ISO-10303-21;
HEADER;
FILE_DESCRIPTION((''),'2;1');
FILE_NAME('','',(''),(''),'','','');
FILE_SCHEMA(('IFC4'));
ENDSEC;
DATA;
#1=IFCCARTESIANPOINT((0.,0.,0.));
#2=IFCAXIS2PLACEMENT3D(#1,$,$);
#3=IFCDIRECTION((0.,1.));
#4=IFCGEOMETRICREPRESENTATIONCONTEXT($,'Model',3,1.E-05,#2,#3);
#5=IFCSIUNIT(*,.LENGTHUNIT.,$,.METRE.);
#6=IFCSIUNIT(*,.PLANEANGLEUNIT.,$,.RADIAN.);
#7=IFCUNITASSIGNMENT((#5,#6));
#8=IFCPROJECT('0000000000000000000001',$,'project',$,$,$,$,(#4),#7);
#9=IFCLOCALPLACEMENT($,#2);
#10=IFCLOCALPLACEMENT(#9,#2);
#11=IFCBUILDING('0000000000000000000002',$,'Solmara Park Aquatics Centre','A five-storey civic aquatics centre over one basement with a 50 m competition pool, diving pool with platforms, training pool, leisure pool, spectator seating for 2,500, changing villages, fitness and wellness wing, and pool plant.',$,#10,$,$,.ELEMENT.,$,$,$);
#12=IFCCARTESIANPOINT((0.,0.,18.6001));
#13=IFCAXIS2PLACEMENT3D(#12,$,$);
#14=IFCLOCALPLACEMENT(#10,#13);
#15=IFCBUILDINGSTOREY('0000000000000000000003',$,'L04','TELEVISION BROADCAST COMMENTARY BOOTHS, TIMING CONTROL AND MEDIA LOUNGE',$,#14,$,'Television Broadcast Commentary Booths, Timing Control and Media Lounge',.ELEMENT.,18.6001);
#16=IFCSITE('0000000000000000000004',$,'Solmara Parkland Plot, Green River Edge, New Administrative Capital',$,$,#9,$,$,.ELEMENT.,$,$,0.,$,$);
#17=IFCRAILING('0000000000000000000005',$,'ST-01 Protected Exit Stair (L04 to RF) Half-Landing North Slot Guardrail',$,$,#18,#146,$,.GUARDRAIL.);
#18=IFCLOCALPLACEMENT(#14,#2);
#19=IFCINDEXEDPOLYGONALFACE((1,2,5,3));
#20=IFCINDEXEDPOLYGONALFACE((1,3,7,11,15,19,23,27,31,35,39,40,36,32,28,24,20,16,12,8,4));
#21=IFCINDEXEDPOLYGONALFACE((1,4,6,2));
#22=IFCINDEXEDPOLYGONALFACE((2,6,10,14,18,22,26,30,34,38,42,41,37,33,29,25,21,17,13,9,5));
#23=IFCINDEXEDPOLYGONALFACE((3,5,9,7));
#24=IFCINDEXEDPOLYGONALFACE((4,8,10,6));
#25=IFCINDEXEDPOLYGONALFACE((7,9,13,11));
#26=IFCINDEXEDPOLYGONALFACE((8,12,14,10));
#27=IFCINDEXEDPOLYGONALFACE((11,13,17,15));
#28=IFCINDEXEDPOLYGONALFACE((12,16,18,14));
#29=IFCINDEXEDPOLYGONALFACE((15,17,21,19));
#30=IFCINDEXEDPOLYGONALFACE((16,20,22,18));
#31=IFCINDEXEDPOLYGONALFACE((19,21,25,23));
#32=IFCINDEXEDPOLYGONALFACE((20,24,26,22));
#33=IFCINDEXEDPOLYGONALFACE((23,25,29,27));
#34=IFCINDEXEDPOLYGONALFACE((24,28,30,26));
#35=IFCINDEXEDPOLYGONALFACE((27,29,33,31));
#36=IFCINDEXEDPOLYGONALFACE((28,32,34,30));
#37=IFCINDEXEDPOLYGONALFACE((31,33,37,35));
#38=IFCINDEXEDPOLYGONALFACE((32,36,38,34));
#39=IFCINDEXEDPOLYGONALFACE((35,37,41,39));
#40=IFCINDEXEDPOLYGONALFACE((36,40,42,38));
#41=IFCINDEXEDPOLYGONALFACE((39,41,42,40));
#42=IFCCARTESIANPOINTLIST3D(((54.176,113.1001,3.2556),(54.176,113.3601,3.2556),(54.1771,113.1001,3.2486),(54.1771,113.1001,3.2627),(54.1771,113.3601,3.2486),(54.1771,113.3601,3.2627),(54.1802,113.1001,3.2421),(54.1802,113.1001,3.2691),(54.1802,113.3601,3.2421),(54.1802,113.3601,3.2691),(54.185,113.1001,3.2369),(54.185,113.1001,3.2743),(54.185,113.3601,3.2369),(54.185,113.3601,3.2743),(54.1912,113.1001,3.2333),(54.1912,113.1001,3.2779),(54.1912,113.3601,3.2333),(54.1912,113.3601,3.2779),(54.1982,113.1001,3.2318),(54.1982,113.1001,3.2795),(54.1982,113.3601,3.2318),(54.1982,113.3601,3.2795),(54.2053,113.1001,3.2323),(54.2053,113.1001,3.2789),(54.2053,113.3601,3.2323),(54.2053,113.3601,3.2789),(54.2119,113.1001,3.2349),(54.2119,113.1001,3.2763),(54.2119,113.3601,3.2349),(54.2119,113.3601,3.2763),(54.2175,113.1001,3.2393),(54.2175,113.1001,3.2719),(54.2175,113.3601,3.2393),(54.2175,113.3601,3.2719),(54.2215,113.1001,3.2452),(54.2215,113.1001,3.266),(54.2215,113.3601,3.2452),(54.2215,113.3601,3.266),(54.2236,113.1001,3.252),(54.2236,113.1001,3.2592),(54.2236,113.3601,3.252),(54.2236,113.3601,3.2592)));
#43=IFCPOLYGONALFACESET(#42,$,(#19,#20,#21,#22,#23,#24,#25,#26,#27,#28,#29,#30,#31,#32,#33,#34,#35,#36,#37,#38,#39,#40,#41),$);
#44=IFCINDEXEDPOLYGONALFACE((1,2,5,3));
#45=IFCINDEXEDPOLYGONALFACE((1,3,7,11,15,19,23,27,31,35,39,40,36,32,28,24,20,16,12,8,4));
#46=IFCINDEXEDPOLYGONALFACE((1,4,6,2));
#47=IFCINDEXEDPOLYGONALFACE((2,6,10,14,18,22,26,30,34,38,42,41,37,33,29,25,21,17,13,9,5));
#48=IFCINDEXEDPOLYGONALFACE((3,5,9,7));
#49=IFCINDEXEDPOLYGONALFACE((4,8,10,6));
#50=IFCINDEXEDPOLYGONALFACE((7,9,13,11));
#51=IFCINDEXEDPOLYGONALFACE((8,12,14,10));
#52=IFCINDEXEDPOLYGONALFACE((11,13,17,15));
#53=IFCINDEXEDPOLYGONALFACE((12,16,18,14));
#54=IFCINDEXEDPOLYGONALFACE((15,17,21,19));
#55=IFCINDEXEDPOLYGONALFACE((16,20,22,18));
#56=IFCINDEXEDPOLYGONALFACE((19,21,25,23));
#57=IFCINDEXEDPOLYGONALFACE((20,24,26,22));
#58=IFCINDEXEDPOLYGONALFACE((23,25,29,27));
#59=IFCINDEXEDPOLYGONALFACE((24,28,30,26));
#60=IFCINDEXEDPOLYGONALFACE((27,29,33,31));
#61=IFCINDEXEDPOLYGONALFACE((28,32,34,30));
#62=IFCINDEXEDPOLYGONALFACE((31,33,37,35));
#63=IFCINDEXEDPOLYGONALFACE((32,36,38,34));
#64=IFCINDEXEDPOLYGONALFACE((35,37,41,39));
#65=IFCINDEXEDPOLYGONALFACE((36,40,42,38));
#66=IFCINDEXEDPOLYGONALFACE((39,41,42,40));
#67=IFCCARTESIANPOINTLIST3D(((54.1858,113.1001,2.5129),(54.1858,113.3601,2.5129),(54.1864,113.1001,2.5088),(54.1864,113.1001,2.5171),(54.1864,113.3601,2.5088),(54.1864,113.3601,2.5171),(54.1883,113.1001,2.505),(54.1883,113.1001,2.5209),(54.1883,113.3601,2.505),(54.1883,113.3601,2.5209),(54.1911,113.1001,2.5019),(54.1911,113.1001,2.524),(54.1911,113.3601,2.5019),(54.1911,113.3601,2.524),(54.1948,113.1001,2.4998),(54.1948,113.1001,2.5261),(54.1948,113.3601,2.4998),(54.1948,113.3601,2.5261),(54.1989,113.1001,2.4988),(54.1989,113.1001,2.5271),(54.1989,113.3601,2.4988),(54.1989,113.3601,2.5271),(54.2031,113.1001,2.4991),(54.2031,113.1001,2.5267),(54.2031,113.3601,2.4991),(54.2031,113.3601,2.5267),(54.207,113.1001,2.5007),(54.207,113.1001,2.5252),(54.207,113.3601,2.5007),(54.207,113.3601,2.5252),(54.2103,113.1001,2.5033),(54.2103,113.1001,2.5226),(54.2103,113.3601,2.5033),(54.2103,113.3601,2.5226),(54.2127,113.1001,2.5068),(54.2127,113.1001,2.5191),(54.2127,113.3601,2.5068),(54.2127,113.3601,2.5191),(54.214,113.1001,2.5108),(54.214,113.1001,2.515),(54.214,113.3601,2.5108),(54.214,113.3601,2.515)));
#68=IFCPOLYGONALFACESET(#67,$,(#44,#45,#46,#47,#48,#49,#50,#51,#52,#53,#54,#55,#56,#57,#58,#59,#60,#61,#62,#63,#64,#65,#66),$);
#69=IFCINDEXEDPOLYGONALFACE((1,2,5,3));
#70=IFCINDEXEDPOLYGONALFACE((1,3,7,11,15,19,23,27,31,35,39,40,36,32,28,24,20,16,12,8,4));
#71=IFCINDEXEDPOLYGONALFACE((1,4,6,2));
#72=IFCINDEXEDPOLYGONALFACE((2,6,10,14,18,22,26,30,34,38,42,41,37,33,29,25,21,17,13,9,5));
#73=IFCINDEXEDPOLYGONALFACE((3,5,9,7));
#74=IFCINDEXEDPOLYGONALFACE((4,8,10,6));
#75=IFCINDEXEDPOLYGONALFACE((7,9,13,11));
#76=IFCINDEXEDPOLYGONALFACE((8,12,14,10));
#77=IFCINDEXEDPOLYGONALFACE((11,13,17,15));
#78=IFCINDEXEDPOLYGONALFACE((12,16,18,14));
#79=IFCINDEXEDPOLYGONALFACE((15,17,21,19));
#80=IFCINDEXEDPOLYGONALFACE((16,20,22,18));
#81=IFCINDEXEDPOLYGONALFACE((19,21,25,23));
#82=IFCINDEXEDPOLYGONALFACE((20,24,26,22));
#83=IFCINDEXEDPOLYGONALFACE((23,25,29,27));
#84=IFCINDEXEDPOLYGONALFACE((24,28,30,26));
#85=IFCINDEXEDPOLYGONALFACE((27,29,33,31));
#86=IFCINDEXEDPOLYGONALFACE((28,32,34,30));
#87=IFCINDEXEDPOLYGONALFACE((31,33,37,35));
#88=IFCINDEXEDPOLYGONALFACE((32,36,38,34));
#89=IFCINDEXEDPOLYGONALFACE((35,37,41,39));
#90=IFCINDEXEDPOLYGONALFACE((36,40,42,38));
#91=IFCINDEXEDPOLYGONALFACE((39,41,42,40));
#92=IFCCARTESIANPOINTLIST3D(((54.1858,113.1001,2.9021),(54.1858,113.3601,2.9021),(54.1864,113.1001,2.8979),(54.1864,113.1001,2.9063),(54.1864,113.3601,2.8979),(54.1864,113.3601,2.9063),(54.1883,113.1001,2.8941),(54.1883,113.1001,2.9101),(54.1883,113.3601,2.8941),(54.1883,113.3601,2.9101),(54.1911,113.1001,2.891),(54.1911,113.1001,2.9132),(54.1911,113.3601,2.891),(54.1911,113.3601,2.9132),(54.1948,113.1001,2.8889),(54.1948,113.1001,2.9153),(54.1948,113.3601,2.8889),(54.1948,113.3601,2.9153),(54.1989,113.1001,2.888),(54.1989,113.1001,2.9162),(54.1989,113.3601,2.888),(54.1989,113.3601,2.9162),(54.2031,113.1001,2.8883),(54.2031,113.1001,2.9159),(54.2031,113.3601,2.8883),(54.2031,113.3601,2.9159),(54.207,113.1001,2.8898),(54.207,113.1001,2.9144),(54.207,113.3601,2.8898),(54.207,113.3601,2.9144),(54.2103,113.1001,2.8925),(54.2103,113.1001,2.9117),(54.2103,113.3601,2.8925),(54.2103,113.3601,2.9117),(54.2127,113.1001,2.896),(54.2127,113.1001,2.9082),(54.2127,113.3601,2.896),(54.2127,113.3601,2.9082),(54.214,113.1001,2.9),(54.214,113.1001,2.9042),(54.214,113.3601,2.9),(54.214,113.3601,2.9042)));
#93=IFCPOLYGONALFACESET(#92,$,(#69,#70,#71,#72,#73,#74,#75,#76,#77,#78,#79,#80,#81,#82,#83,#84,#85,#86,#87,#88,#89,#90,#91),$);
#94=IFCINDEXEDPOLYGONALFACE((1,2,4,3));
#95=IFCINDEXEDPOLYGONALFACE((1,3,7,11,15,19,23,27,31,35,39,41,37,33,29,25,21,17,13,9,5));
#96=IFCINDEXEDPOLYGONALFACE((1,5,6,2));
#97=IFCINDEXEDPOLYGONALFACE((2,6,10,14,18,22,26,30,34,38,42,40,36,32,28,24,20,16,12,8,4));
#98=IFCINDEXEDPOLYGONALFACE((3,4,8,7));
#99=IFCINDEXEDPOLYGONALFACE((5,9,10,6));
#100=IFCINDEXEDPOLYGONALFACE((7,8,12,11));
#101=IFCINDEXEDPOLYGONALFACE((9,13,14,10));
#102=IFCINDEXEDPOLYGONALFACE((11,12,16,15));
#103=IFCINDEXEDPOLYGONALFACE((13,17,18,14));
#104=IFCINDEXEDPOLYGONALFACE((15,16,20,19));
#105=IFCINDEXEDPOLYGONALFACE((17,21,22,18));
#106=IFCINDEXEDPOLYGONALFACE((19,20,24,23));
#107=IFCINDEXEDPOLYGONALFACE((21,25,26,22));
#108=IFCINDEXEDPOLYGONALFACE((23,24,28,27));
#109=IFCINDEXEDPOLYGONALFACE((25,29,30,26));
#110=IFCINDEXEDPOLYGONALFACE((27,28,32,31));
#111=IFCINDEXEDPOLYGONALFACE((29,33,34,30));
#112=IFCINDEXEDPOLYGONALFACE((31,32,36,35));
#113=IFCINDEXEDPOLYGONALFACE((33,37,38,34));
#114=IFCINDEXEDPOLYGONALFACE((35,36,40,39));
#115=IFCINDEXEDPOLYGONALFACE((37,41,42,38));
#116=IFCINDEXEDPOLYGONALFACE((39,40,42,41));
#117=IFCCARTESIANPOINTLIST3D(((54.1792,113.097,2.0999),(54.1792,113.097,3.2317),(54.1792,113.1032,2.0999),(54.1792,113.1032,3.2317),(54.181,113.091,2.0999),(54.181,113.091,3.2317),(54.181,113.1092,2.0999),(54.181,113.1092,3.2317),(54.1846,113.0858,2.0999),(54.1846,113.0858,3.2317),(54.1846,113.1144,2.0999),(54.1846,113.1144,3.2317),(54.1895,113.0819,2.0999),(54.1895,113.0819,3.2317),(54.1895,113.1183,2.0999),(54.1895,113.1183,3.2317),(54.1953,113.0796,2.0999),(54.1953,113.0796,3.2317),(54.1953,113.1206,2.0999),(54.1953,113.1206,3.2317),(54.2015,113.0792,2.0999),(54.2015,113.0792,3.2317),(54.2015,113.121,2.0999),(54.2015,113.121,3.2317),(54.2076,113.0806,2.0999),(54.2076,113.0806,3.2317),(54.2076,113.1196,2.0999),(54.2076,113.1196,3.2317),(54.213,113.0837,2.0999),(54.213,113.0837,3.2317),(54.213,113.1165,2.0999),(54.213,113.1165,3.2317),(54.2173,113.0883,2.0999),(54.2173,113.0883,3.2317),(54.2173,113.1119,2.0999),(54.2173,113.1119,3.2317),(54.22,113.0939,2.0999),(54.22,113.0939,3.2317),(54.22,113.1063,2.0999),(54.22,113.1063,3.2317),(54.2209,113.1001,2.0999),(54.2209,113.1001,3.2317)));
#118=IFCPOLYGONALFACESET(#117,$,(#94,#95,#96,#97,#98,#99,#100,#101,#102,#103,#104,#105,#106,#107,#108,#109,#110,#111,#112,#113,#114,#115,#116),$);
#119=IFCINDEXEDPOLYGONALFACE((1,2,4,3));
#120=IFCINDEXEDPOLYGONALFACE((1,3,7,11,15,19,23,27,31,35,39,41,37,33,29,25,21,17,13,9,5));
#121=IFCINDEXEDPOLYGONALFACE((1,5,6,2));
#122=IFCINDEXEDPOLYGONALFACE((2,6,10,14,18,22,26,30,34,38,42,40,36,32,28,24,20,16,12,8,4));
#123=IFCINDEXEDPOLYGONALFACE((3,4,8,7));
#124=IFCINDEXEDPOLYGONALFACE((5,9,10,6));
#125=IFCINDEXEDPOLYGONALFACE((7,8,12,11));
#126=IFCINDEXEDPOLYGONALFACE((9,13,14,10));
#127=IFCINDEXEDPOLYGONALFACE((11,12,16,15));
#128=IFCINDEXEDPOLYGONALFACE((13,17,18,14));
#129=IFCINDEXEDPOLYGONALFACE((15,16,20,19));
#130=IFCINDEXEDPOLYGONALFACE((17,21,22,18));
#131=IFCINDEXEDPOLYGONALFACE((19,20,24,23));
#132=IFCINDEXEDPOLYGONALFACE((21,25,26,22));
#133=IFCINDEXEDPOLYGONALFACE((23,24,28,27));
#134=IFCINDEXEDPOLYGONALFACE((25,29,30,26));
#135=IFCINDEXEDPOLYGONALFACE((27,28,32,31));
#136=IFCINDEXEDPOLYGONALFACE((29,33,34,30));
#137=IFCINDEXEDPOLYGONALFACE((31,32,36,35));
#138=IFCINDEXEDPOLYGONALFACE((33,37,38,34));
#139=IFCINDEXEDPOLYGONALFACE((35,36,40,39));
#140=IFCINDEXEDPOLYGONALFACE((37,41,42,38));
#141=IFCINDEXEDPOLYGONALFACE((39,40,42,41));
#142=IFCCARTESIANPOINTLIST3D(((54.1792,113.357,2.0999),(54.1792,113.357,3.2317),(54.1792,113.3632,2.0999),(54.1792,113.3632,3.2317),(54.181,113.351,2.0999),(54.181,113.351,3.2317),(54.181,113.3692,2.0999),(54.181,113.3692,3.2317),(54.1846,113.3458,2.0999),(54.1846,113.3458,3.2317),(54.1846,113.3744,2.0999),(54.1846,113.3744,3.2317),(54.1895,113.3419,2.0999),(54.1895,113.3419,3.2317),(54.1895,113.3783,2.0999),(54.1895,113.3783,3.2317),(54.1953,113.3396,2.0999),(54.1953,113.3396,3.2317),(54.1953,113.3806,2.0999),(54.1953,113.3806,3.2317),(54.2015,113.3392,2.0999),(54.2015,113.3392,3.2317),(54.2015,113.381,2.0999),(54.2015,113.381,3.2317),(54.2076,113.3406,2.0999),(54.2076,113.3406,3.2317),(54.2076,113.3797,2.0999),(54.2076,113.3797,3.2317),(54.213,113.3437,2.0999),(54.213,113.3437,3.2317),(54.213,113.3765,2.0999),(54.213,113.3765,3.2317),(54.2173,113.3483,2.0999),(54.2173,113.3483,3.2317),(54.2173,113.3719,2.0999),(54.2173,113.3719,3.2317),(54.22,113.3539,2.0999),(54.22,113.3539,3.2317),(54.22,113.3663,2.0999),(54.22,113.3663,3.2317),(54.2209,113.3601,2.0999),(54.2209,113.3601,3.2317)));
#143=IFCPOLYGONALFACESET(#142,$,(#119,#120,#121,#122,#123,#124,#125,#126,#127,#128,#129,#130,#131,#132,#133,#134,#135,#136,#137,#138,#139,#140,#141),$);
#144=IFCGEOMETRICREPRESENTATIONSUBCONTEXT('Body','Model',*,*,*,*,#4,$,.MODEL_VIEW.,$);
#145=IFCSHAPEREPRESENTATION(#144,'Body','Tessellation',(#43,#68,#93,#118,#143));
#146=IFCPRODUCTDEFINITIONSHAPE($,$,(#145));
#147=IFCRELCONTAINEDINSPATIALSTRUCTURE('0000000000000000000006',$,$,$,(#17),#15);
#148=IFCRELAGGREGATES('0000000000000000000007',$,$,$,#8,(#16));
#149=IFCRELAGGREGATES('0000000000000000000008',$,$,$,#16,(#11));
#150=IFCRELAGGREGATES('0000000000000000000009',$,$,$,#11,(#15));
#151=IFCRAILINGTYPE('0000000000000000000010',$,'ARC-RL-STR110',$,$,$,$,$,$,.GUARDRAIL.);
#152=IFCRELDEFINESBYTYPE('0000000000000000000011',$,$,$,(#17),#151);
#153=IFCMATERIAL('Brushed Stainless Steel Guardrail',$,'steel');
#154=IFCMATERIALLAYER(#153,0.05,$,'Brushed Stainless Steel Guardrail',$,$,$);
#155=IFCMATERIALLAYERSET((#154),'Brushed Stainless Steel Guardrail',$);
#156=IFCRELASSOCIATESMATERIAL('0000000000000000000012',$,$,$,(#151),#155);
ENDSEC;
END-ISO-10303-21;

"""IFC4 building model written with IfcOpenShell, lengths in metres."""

from ifc_helpers import new_model, si_unit, direction, frame, origin, origin_2d, place, context, subcontext, project, spatial, circle, extrude, material, layer, layer_set, type_object, element, save


model = new_model("IFC4")

# Units and contexts
model_context = context("Model", 3, precision=1e-05, world=origin(), true_north=direction((0.0, 1.0)))
body_context = subcontext(model_context, "Body", "Model", "MODEL_VIEW")
ifc_project = project(units=[si_unit("LENGTHUNIT", "METRE"), si_unit("PLANEANGLEUNIT", "RADIAN")], contexts=[model_context])

# Site, building, storey
site_placement = place(None, origin())
site = spatial("IfcSite", under=ifc_project, at=site_placement, Name="Solmara Parkland Plot, Green River Edge, New Administrative Capital", CompositionType="ELEMENT", RefElevation=0.0)
building_placement = place(site_placement, origin())
building = spatial("IfcBuilding", under=site, at=building_placement, Name="Solmara Park Aquatics Centre", Description="A five-storey civic aquatics centre over one basement with a 50 m competition pool, diving pool with platforms, training pool, leisure pool, spectator seating for 2,500, changing villages, fitness and wellness wing, and pool plant.", CompositionType="ELEMENT")
storey_placement = place(building_placement, frame((0.0, 0.0, 18.6001)))
storey = spatial("IfcBuildingStorey", under=building, at=storey_placement, Name="L04", Description="TELEVISION BROADCAST COMMENTARY BOOTHS, TIMING CONTROL AND MEDIA LOUNGE", LongName="Television Broadcast Commentary Booths, Timing Control and Media Lounge", CompositionType="ELEMENT", Elevation=18.6001)

# Railing
ifc_material_1 = material(Name="Brushed Stainless Steel Guardrail", Category="steel")
ifc_layer_1 = layer(ifc_material_1, 0.05, Name="Brushed Stainless Steel Guardrail")
ifc_layer_set_1 = layer_set([ifc_layer_1], Name="Brushed Stainless Steel Guardrail")
railing_type_1 = type_object("IfcRailingType", Name="ARC-RL-STR110", PredefinedType="GUARDRAIL", material=ifc_layer_set_1)
railing_1_placement = place(storey_placement, frame((54.2, 113.1001, 2.0999)))
element("IfcRailing", 1, at=railing_1_placement, inside=storey, type_object=railing_type_1, Name="ST-01 Protected Exit Stair (L04 to RF) Half-Landing North Slot Guardrail", PredefinedType="GUARDRAIL", context=body_context, shape_type="SweptSolid", body=[
    extrude(circle(Radius=0.0239, at=origin_2d()), frame((0.0, 0.0, 1.1558), z_axis=(0.0, 1.0, 0.0), x_axis=(-1.0, 0.0, 0.0)), (0.0, 0.0, 1.0), 0.26),
    extrude(circle(Radius=0.0142, at=origin_2d()), frame((0.0, 0.0, 0.4131), z_axis=(0.0, 1.0, 0.0), x_axis=(-1.0, 0.0, 0.0)), (0.0, 0.0, 1.0), 0.26),
    extrude(circle(Radius=0.0142, at=origin_2d()), frame((0.0, 0.0, 0.8022), z_axis=(0.0, 1.0, 0.0), x_axis=(-1.0, 0.0, 0.0)), (0.0, 0.0, 1.0), 0.26),
    extrude(circle(Radius=0.021, at=origin_2d()), origin(), (0.0, 0.0, 1.0), 1.1318),
    extrude(circle(Radius=0.021, at=origin_2d()), frame((0.0, 0.26, 0.0)), (0.0, 0.0, 1.0), 1.1318),
])

save(model, "model.ifc")
